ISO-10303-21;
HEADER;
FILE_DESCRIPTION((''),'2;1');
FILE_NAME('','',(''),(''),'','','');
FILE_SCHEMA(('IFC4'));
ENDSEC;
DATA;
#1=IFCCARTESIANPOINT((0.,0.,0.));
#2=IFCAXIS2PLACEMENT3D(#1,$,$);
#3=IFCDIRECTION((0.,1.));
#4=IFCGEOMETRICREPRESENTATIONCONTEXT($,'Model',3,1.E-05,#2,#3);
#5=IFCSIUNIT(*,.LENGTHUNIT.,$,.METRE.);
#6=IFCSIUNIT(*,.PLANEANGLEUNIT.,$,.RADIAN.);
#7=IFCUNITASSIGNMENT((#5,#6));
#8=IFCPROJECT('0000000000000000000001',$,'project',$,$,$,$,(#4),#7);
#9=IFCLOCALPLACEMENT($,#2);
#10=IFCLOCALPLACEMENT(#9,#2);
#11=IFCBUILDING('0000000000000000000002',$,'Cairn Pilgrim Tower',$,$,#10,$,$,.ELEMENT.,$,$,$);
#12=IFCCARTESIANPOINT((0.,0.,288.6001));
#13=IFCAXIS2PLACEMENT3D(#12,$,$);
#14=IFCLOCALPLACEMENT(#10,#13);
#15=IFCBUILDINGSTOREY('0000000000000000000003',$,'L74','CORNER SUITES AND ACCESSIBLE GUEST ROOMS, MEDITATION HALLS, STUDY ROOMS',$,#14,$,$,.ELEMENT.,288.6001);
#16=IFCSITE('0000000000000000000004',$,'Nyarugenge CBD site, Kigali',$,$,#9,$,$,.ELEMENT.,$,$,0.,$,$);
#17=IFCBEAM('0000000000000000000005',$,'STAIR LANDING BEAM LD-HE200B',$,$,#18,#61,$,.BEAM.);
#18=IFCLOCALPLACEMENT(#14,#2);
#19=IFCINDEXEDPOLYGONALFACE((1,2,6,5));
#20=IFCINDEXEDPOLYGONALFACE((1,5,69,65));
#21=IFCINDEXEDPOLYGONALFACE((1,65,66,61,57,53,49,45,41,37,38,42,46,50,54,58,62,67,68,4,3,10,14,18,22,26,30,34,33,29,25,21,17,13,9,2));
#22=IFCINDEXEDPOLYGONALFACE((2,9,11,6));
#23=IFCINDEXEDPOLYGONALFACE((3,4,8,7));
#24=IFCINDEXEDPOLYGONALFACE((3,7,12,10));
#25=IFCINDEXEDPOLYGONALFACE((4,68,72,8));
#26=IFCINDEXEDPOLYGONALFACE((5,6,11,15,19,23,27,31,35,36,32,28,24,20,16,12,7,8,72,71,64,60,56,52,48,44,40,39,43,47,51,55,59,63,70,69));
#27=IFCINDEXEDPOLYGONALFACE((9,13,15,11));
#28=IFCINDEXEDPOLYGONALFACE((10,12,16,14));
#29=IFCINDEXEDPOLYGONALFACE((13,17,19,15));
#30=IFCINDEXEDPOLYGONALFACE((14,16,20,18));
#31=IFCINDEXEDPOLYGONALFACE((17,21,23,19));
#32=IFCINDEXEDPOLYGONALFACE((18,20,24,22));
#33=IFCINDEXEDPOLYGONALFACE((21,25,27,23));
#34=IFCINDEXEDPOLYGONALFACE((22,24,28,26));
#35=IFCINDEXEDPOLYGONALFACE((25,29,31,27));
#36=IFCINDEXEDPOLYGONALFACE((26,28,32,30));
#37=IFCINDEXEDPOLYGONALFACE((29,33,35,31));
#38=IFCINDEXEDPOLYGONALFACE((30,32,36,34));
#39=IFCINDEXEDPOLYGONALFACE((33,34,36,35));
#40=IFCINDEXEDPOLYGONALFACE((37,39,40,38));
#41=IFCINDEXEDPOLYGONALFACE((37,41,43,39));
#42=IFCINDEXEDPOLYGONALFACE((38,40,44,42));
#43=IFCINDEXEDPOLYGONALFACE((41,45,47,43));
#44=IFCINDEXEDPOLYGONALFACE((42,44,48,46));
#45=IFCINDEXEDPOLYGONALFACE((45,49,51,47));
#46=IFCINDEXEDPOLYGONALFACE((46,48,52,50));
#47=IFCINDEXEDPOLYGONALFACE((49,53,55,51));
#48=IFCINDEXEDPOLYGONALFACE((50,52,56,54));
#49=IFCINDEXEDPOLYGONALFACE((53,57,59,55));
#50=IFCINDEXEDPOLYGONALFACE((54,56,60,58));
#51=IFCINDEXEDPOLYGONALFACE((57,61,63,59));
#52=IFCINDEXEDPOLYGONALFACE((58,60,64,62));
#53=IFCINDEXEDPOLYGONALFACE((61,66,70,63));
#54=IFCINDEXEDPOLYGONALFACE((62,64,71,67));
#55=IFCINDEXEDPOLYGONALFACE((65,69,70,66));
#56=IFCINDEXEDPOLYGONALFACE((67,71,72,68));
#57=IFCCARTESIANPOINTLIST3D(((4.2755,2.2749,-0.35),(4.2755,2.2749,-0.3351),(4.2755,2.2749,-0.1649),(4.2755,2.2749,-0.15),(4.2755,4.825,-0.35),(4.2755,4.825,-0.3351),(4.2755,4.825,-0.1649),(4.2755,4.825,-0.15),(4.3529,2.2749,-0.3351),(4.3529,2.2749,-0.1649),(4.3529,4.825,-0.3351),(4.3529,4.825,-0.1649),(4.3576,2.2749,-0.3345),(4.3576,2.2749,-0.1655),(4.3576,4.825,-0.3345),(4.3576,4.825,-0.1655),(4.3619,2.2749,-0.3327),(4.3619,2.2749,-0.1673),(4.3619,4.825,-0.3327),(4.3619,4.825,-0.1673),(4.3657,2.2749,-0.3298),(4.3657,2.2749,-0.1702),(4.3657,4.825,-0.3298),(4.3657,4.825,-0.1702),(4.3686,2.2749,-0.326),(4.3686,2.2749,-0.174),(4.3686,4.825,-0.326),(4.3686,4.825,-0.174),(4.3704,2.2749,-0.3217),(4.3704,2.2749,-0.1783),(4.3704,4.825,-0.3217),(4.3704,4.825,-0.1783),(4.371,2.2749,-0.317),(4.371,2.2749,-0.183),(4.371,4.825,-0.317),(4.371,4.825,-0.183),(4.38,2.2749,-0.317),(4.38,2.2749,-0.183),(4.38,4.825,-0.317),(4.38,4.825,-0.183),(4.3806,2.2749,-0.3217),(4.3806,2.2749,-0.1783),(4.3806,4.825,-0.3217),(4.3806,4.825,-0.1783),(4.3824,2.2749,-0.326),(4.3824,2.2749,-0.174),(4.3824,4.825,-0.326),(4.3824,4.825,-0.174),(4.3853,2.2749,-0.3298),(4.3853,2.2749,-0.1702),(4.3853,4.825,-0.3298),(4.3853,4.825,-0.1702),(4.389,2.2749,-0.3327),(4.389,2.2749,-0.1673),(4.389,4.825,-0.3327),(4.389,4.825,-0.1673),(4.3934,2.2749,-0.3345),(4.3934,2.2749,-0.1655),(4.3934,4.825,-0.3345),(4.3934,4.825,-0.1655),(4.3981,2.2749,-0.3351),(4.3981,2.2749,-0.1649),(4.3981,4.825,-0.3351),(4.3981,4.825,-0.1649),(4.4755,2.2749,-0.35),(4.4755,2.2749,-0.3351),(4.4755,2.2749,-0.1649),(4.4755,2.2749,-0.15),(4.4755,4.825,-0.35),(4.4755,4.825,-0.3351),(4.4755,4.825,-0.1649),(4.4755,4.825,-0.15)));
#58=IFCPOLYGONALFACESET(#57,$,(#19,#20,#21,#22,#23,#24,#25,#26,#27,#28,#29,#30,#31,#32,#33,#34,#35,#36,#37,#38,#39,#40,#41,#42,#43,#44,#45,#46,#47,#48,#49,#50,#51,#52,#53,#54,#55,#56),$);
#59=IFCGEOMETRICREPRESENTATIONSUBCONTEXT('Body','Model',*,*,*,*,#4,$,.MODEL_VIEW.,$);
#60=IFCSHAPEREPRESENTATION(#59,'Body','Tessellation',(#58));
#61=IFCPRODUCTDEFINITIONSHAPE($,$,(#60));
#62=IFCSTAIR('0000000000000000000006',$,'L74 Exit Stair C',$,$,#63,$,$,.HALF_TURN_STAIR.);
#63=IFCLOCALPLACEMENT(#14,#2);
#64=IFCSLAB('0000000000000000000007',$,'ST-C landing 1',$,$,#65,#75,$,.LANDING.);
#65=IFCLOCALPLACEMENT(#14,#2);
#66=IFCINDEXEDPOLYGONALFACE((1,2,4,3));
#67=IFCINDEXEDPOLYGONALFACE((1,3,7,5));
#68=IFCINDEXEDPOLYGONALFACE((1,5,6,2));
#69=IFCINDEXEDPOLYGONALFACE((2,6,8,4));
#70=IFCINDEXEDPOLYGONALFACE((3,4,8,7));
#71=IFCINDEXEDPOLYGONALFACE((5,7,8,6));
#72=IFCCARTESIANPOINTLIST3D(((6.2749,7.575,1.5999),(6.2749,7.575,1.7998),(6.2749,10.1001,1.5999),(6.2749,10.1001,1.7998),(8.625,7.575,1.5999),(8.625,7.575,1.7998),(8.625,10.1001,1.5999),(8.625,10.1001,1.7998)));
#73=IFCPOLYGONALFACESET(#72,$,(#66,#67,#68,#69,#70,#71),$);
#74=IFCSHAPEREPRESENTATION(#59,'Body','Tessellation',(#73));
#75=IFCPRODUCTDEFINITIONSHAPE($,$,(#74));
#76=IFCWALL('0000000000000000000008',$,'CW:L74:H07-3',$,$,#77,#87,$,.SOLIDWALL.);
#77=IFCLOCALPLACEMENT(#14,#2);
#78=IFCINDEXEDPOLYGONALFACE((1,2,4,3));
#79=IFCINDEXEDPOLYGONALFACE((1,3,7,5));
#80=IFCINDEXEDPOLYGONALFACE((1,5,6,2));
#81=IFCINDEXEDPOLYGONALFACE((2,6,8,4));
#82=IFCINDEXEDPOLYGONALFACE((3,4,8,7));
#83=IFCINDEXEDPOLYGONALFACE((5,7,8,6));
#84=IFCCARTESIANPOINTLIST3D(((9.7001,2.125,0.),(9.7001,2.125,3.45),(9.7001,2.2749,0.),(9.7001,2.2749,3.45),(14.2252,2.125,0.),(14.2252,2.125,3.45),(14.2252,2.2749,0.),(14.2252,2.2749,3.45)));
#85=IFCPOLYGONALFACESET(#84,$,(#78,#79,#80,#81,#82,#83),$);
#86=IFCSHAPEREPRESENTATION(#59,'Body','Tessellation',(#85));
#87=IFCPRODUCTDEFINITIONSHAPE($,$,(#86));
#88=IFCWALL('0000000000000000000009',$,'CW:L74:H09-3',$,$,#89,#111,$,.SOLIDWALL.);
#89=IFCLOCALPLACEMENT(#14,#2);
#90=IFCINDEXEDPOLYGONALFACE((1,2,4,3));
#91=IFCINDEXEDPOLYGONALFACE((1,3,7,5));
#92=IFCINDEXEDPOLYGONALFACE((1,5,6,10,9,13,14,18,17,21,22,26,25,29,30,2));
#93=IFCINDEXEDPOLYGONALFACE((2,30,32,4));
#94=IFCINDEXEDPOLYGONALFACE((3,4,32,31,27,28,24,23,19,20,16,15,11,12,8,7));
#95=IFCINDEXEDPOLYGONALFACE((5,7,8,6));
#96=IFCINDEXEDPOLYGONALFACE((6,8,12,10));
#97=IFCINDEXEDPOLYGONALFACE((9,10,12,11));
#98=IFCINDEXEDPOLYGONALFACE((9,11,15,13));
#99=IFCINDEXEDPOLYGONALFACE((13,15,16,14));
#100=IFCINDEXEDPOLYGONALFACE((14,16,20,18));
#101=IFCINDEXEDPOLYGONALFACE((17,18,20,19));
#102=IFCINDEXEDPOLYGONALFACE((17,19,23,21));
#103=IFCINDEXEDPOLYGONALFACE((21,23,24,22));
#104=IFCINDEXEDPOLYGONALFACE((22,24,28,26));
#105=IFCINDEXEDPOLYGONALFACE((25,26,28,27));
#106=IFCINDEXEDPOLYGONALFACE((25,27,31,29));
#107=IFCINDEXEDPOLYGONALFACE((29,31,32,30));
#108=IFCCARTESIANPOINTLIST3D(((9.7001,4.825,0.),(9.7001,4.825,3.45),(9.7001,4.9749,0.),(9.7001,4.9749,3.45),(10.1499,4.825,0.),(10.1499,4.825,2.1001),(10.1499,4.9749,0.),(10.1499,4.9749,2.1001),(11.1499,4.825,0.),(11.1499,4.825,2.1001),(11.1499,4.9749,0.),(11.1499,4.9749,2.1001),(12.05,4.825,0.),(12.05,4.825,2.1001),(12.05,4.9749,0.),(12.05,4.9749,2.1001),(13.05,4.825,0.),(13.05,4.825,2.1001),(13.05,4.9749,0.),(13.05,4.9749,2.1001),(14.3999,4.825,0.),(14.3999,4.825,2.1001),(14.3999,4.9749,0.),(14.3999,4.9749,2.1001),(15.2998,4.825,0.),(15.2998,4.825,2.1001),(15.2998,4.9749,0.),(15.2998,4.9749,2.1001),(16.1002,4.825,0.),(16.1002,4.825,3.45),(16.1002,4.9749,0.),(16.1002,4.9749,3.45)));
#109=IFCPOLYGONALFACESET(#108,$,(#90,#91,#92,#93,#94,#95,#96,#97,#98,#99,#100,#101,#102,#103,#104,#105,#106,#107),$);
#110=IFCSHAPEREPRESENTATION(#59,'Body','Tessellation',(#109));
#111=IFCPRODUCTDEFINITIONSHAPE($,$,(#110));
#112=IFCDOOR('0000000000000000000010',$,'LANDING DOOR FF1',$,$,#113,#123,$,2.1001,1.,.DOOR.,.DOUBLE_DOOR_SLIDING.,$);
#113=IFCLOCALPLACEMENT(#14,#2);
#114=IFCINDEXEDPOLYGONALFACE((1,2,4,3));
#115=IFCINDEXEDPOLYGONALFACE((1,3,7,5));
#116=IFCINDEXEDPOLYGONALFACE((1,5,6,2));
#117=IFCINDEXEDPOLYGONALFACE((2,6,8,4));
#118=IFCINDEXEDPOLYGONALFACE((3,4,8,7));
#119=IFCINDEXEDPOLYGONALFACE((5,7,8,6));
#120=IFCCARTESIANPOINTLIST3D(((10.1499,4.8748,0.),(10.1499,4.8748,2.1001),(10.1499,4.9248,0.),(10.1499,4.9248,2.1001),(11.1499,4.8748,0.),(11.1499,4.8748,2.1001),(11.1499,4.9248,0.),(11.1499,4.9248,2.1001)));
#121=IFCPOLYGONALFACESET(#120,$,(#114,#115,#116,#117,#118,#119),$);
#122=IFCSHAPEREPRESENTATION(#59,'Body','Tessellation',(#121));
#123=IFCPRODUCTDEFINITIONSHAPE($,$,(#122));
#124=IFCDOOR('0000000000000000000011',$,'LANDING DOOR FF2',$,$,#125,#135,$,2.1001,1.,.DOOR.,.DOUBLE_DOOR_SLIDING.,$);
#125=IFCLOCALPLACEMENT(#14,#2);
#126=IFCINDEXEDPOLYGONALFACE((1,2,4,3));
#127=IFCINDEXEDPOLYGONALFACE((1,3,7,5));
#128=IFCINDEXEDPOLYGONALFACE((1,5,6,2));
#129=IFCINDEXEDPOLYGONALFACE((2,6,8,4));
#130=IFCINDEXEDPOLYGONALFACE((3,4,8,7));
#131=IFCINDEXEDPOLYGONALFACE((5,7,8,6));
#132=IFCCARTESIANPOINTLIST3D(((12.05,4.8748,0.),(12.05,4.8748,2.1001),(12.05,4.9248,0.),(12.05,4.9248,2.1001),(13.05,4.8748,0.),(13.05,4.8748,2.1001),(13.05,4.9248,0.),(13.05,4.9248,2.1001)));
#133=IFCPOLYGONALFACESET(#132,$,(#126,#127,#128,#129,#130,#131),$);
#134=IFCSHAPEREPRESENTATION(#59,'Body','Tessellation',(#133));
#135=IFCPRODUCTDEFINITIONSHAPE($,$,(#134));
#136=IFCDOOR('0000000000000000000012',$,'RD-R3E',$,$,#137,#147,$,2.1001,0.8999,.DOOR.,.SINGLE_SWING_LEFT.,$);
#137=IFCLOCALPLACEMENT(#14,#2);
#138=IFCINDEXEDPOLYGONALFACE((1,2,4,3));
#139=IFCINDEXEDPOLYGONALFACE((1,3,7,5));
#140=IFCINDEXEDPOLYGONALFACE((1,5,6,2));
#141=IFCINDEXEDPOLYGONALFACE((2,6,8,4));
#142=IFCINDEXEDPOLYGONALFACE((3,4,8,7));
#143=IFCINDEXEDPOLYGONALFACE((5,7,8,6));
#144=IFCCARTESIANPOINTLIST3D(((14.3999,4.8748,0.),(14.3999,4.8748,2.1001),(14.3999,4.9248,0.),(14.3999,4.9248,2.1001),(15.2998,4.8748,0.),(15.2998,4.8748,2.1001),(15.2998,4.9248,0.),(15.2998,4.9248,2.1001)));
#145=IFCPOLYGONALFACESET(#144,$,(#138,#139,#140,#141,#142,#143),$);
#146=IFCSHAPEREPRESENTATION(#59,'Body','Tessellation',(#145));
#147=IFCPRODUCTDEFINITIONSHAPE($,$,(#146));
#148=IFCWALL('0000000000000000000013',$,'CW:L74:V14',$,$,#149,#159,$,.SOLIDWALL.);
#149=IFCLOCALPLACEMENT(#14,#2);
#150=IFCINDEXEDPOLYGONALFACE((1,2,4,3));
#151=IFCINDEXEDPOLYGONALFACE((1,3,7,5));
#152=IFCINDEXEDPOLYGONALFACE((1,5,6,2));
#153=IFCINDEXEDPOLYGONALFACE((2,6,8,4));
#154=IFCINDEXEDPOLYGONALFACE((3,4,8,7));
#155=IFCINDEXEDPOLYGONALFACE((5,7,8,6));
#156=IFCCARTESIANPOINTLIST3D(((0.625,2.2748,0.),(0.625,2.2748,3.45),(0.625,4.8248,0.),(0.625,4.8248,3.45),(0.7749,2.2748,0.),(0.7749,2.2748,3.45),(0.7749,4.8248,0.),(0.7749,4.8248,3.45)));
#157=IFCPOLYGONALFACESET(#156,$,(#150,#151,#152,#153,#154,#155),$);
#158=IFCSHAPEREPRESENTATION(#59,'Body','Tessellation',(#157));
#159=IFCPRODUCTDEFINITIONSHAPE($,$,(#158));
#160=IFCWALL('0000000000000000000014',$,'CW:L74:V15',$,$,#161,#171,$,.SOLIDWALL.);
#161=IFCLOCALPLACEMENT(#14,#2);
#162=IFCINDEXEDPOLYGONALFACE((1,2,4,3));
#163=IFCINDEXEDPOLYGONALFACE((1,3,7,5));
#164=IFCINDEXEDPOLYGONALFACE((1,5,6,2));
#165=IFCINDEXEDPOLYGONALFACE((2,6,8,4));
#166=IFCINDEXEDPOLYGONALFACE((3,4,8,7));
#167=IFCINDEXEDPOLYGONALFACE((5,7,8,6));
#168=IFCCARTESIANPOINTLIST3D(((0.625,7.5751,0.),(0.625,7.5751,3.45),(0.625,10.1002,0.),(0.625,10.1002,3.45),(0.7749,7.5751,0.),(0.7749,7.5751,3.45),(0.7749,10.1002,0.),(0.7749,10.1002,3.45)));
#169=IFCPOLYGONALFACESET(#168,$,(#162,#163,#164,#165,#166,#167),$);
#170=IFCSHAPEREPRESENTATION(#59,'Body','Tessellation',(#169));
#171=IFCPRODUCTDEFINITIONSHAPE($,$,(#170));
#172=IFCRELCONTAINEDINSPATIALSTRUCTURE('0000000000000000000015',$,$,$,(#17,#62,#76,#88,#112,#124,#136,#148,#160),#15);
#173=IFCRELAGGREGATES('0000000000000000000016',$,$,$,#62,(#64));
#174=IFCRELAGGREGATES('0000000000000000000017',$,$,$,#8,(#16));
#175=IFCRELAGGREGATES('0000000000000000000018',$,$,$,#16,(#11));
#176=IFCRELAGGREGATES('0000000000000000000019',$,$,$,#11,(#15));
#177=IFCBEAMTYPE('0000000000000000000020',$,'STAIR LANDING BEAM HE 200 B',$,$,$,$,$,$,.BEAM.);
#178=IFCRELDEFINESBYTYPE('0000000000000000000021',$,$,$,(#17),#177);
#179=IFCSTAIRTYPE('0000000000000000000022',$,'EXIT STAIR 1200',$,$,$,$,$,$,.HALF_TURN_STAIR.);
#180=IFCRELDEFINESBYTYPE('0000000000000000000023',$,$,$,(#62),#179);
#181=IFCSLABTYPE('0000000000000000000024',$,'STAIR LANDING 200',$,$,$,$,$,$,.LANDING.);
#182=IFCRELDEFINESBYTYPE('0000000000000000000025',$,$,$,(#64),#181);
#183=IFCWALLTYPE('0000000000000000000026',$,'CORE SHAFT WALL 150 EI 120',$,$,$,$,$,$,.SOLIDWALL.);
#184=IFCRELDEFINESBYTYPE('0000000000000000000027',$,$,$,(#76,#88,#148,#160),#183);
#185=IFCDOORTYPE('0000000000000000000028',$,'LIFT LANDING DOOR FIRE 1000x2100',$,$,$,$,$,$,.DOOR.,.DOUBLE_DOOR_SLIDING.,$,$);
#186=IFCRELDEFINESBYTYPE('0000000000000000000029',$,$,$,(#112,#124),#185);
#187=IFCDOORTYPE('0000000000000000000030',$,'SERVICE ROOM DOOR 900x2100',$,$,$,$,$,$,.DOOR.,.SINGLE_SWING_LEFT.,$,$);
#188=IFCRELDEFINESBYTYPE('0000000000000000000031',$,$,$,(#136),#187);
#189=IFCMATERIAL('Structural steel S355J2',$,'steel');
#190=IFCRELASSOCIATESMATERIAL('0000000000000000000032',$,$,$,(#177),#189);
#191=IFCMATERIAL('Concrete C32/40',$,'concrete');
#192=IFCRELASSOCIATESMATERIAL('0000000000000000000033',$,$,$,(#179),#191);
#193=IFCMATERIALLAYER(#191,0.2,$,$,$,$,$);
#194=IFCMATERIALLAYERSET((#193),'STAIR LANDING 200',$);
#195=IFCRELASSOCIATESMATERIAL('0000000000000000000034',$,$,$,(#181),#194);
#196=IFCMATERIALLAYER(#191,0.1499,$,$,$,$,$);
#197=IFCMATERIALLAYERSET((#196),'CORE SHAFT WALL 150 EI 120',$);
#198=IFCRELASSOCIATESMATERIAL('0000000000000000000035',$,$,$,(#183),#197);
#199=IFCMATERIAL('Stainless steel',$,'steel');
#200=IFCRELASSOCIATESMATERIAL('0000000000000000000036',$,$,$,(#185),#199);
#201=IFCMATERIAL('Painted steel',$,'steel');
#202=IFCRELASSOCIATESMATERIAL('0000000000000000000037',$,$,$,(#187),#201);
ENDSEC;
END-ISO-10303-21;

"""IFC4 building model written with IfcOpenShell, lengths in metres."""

from ifc_helpers import new_model, si_unit, direction, frame, frame_2d, origin, origin_2d, place, context, subcontext, project, spatial, polyline, rectangle, i_section, outline, extrude, material, layer, layer_set, material_profile, profile_set, type_object, element, fill, aggregate, save


model = new_model("IFC4")

# Units and contexts
model_context = context("Model", 3, precision=1e-05, world=origin(), true_north=direction((0.0, 1.0)))
body_context = subcontext(model_context, "Body", "Model", "MODEL_VIEW")
ifc_project = project(units=[si_unit("LENGTHUNIT", "METRE"), si_unit("PLANEANGLEUNIT", "RADIAN")], contexts=[model_context])

# Site, building, storey
site_placement = place(None, origin())
site = spatial("IfcSite", under=ifc_project, at=site_placement, Name="Nyarugenge CBD site, Kigali", CompositionType="ELEMENT", RefElevation=0.0)
building_placement = place(site_placement, origin())
building = spatial("IfcBuilding", under=site, at=building_placement, Name="Cairn Pilgrim Tower", CompositionType="ELEMENT")
storey_placement = place(building_placement, frame((0.0, 0.0, 288.6001)))
storey = spatial("IfcBuildingStorey", under=building, at=storey_placement, Name="L74", Description="CORNER SUITES AND ACCESSIBLE GUEST ROOMS, MEDITATION HALLS, STUDY ROOMS", CompositionType="ELEMENT", Elevation=288.6001)

# Beam
ifc_material_1 = material(Name="Structural steel S355J2", Category="steel")
ifc_material_profile = material_profile(ifc_material_1, i_section(OverallWidth=0.2, OverallDepth=0.2, WebThickness=0.009, FlangeThickness=0.0149, FilletRadius=0.0181, at=origin_2d()), Name="HE 200 B")
ifc_profile_set = profile_set([ifc_material_profile], Name="Structural steel S355J2")
beam_type = type_object("IfcBeamType", Name="STAIR LANDING BEAM HE 200 B", PredefinedType="BEAM", material=ifc_profile_set)
beam_placement = place(storey_placement, frame((4.3755, 2.2749, -0.25), z_axis=(0.0, 1.0, 0.0), x_axis=(-1.0, 0.0, 0.0)))
element("IfcBeam", 1, at=beam_placement, inside=storey, type_object=beam_type, Name="STAIR LANDING BEAM LD-HE200B", PredefinedType="BEAM", context=body_context, shape_type="SweptSolid", body=[
    extrude(i_section(OverallWidth=0.2, OverallDepth=0.2, WebThickness=0.009, FlangeThickness=0.0149, FilletRadius=0.0181, at=origin_2d()), origin(), (0.0, 0.0, 1.0), 2.55),
])

# Stair, slab
ifc_material_2 = material(Name="Concrete C32/40", Category="concrete")
stair_type = type_object("IfcStairType", Name="EXIT STAIR 1200", PredefinedType="HALF_TURN_STAIR", material=ifc_material_2)
stair_1_placement = place(storey_placement, origin())
stair_1 = element("IfcStair", 2, at=stair_1_placement, inside=storey, type_object=stair_type, Name="L74 Exit Stair C", PredefinedType="HALF_TURN_STAIR")
ifc_layer_1 = layer(ifc_material_2, 0.2)
ifc_layer_set_1 = layer_set([ifc_layer_1], Name="STAIR LANDING 200")
slab_type = type_object("IfcSlabType", Name="STAIR LANDING 200", PredefinedType="LANDING", material=ifc_layer_set_1)
slab_placement = place(storey_placement, frame((0.0, 0.0, 1.5999)))
slab = element("IfcSlab", 3, at=slab_placement, type_object=slab_type, Name="ST-C landing 1", PredefinedType="LANDING", context=body_context, shape_type="SweptSolid", body=[
    extrude(outline(polyline([(8.625, 10.1001), (6.2749, 10.1001), (6.2749, 7.575), (8.625, 7.575), (8.625, 10.1001)])), origin(), (0.0, 0.0, 1.0), 0.2),
])

# Wall
ifc_layer_2 = layer(ifc_material_2, 0.1499)
ifc_layer_set_2 = layer_set([ifc_layer_2], Name="CORE SHAFT WALL 150 EI 120")
wall_type_1 = type_object("IfcWallType", Name="CORE SHAFT WALL 150 EI 120", PredefinedType="SOLIDWALL", material=ifc_layer_set_2)
wall_1_placement = place(storey_placement, frame((9.7, 2.2, 0.0), z_axis=(0.0, 0.0, 1.0), x_axis=(1.0, 0.0, 0.0)))
element("IfcWall", 4, at=wall_1_placement, inside=storey, type_object=wall_type_1, Name="CW:L74:H07-3", PredefinedType="SOLIDWALL", context=body_context, shape_type="SweptSolid", body=[
    extrude(rectangle(XDim=4.5251, YDim=0.1499, at=frame_2d((2.2627, 0.0))), origin(), (0.0, 0.0, 1.0), 3.45),
])

# Wall, openings, doors
wall_2_placement = place(storey_placement, frame((9.7, 4.8999, 0.0), z_axis=(0.0, 0.0, 1.0), x_axis=(1.0, 0.0, 0.0)))
wall_2 = element("IfcWall", 5, at=wall_2_placement, inside=storey, type_object=wall_type_1, Name="CW:L74:H09-3", PredefinedType="SOLIDWALL", context=body_context, shape_type="SweptSolid", body=[
    extrude(rectangle(XDim=6.4001, YDim=0.1499, at=frame_2d((3.2002, 0.0))), origin(), (0.0, 0.0, 1.0), 3.45),
])
opening_1_placement = place(wall_2_placement, frame((0.45, 0.0, 0.0)))
opening_1 = element("IfcOpeningElement", 6, at=opening_1_placement, cuts=wall_2, PredefinedType="OPENING", context=body_context, shape_type="SweptSolid", body=[
    extrude(rectangle(XDim=1.0, YDim=2.1001, at=frame_2d((0.5, 1.05))), frame((0.0, 0.085, 0.0), z_axis=(0.0, -1.0, 0.0), x_axis=(1.0, 0.0, 0.0)), (0.0, 0.0, 1.0), 0.1699),
])
opening_2_placement = place(wall_2_placement, frame((2.3501, 0.0, 0.0)))
opening_2 = element("IfcOpeningElement", 7, at=opening_2_placement, cuts=wall_2, PredefinedType="OPENING", context=body_context, shape_type="SweptSolid", body=[
    extrude(rectangle(XDim=1.0, YDim=2.1001, at=frame_2d((0.5, 1.05))), frame((0.0, 0.085, 0.0), z_axis=(0.0, -1.0, 0.0), x_axis=(1.0, 0.0, 0.0)), (0.0, 0.0, 1.0), 0.1699),
])
opening_3_placement = place(wall_2_placement, frame((4.7, 0.0, 0.0)))
opening_3 = element("IfcOpeningElement", 8, at=opening_3_placement, cuts=wall_2, PredefinedType="OPENING", context=body_context, shape_type="SweptSolid", body=[
    extrude(rectangle(XDim=0.8999, YDim=2.1001, at=frame_2d((0.45, 1.05))), frame((0.0, 0.085, 0.0), z_axis=(0.0, -1.0, 0.0), x_axis=(1.0, 0.0, 0.0)), (0.0, 0.0, 1.0), 0.1699),
])
ifc_material_3 = material(Name="Stainless steel", Category="steel")
door_type_1 = type_object("IfcDoorType", Name="LIFT LANDING DOOR FIRE 1000x2100", OperationType="DOUBLE_DOOR_SLIDING", PredefinedType="DOOR", material=ifc_material_3)
door_1_placement = place(opening_1_placement, origin())
door_1 = element("IfcDoor", 9, at=door_1_placement, inside=storey, type_object=door_type_1, Name="LANDING DOOR FF1", OperationType="DOUBLE_DOOR_SLIDING", OverallHeight=2.1001, OverallWidth=1.0, PredefinedType="DOOR", context=body_context, shape_type="SweptSolid", body=[
    extrude(rectangle(XDim=1.0, YDim=2.1001, at=frame_2d((0.5, 1.05))), frame((0.0, 0.0249, 0.0), z_axis=(0.0, -1.0, 0.0), x_axis=(1.0, 0.0, 0.0)), (0.0, 0.0, 1.0), 0.05),
])
fill(opening_1, door_1)
door_2_placement = place(opening_2_placement, origin())
door_2 = element("IfcDoor", 10, at=door_2_placement, inside=storey, type_object=door_type_1, Name="LANDING DOOR FF2", OperationType="DOUBLE_DOOR_SLIDING", OverallHeight=2.1001, OverallWidth=1.0, PredefinedType="DOOR", context=body_context, shape_type="SweptSolid", body=[
    extrude(rectangle(XDim=1.0, YDim=2.1001, at=frame_2d((0.5, 1.05))), frame((0.0, 0.0249, 0.0), z_axis=(0.0, -1.0, 0.0), x_axis=(1.0, 0.0, 0.0)), (0.0, 0.0, 1.0), 0.05),
])
fill(opening_2, door_2)
ifc_material_4 = material(Name="Painted steel", Category="steel")
door_type_2 = type_object("IfcDoorType", Name="SERVICE ROOM DOOR 900x2100", OperationType="SINGLE_SWING_LEFT", PredefinedType="DOOR", material=ifc_material_4)
door_3_placement = place(opening_3_placement, origin())
door_3 = element("IfcDoor", 11, at=door_3_placement, inside=storey, type_object=door_type_2, Name="RD-R3E", OperationType="SINGLE_SWING_LEFT", OverallHeight=2.1001, OverallWidth=0.8999, PredefinedType="DOOR", context=body_context, shape_type="SweptSolid", body=[
    extrude(rectangle(XDim=0.8999, YDim=2.1001, at=frame_2d((0.45, 1.05))), frame((0.0, 0.0249, 0.0), z_axis=(0.0, -1.0, 0.0), x_axis=(1.0, 0.0, 0.0)), (0.0, 0.0, 1.0), 0.05),
])
fill(opening_3, door_3)

# Walls
wall_3_placement = place(storey_placement, frame((0.7, 2.2749, 0.0), z_axis=(0.0, 0.0, 1.0), x_axis=(0.0, 1.0, 0.0)))
element("IfcWall", 12, at=wall_3_placement, inside=storey, type_object=wall_type_1, Name="CW:L74:V14", PredefinedType="SOLIDWALL", context=body_context, shape_type="SweptSolid", body=[
    extrude(rectangle(XDim=2.55, YDim=0.1499, at=frame_2d((1.2749, 0.0))), origin(), (0.0, 0.0, 1.0), 3.45),
])
wall_4_placement = place(storey_placement, frame((0.7, 7.575, 0.0), z_axis=(0.0, 0.0, 1.0), x_axis=(0.0, 1.0, 0.0)))
element("IfcWall", 13, at=wall_4_placement, inside=storey, type_object=wall_type_1, Name="CW:L74:V15", PredefinedType="SOLIDWALL", context=body_context, shape_type="SweptSolid", body=[
    extrude(rectangle(XDim=2.5251, YDim=0.1499, at=frame_2d((1.2627, 0.0))), origin(), (0.0, 0.0, 1.0), 3.45),
])

aggregate(stair_1, [slab])

save(model, "model.ifc")
